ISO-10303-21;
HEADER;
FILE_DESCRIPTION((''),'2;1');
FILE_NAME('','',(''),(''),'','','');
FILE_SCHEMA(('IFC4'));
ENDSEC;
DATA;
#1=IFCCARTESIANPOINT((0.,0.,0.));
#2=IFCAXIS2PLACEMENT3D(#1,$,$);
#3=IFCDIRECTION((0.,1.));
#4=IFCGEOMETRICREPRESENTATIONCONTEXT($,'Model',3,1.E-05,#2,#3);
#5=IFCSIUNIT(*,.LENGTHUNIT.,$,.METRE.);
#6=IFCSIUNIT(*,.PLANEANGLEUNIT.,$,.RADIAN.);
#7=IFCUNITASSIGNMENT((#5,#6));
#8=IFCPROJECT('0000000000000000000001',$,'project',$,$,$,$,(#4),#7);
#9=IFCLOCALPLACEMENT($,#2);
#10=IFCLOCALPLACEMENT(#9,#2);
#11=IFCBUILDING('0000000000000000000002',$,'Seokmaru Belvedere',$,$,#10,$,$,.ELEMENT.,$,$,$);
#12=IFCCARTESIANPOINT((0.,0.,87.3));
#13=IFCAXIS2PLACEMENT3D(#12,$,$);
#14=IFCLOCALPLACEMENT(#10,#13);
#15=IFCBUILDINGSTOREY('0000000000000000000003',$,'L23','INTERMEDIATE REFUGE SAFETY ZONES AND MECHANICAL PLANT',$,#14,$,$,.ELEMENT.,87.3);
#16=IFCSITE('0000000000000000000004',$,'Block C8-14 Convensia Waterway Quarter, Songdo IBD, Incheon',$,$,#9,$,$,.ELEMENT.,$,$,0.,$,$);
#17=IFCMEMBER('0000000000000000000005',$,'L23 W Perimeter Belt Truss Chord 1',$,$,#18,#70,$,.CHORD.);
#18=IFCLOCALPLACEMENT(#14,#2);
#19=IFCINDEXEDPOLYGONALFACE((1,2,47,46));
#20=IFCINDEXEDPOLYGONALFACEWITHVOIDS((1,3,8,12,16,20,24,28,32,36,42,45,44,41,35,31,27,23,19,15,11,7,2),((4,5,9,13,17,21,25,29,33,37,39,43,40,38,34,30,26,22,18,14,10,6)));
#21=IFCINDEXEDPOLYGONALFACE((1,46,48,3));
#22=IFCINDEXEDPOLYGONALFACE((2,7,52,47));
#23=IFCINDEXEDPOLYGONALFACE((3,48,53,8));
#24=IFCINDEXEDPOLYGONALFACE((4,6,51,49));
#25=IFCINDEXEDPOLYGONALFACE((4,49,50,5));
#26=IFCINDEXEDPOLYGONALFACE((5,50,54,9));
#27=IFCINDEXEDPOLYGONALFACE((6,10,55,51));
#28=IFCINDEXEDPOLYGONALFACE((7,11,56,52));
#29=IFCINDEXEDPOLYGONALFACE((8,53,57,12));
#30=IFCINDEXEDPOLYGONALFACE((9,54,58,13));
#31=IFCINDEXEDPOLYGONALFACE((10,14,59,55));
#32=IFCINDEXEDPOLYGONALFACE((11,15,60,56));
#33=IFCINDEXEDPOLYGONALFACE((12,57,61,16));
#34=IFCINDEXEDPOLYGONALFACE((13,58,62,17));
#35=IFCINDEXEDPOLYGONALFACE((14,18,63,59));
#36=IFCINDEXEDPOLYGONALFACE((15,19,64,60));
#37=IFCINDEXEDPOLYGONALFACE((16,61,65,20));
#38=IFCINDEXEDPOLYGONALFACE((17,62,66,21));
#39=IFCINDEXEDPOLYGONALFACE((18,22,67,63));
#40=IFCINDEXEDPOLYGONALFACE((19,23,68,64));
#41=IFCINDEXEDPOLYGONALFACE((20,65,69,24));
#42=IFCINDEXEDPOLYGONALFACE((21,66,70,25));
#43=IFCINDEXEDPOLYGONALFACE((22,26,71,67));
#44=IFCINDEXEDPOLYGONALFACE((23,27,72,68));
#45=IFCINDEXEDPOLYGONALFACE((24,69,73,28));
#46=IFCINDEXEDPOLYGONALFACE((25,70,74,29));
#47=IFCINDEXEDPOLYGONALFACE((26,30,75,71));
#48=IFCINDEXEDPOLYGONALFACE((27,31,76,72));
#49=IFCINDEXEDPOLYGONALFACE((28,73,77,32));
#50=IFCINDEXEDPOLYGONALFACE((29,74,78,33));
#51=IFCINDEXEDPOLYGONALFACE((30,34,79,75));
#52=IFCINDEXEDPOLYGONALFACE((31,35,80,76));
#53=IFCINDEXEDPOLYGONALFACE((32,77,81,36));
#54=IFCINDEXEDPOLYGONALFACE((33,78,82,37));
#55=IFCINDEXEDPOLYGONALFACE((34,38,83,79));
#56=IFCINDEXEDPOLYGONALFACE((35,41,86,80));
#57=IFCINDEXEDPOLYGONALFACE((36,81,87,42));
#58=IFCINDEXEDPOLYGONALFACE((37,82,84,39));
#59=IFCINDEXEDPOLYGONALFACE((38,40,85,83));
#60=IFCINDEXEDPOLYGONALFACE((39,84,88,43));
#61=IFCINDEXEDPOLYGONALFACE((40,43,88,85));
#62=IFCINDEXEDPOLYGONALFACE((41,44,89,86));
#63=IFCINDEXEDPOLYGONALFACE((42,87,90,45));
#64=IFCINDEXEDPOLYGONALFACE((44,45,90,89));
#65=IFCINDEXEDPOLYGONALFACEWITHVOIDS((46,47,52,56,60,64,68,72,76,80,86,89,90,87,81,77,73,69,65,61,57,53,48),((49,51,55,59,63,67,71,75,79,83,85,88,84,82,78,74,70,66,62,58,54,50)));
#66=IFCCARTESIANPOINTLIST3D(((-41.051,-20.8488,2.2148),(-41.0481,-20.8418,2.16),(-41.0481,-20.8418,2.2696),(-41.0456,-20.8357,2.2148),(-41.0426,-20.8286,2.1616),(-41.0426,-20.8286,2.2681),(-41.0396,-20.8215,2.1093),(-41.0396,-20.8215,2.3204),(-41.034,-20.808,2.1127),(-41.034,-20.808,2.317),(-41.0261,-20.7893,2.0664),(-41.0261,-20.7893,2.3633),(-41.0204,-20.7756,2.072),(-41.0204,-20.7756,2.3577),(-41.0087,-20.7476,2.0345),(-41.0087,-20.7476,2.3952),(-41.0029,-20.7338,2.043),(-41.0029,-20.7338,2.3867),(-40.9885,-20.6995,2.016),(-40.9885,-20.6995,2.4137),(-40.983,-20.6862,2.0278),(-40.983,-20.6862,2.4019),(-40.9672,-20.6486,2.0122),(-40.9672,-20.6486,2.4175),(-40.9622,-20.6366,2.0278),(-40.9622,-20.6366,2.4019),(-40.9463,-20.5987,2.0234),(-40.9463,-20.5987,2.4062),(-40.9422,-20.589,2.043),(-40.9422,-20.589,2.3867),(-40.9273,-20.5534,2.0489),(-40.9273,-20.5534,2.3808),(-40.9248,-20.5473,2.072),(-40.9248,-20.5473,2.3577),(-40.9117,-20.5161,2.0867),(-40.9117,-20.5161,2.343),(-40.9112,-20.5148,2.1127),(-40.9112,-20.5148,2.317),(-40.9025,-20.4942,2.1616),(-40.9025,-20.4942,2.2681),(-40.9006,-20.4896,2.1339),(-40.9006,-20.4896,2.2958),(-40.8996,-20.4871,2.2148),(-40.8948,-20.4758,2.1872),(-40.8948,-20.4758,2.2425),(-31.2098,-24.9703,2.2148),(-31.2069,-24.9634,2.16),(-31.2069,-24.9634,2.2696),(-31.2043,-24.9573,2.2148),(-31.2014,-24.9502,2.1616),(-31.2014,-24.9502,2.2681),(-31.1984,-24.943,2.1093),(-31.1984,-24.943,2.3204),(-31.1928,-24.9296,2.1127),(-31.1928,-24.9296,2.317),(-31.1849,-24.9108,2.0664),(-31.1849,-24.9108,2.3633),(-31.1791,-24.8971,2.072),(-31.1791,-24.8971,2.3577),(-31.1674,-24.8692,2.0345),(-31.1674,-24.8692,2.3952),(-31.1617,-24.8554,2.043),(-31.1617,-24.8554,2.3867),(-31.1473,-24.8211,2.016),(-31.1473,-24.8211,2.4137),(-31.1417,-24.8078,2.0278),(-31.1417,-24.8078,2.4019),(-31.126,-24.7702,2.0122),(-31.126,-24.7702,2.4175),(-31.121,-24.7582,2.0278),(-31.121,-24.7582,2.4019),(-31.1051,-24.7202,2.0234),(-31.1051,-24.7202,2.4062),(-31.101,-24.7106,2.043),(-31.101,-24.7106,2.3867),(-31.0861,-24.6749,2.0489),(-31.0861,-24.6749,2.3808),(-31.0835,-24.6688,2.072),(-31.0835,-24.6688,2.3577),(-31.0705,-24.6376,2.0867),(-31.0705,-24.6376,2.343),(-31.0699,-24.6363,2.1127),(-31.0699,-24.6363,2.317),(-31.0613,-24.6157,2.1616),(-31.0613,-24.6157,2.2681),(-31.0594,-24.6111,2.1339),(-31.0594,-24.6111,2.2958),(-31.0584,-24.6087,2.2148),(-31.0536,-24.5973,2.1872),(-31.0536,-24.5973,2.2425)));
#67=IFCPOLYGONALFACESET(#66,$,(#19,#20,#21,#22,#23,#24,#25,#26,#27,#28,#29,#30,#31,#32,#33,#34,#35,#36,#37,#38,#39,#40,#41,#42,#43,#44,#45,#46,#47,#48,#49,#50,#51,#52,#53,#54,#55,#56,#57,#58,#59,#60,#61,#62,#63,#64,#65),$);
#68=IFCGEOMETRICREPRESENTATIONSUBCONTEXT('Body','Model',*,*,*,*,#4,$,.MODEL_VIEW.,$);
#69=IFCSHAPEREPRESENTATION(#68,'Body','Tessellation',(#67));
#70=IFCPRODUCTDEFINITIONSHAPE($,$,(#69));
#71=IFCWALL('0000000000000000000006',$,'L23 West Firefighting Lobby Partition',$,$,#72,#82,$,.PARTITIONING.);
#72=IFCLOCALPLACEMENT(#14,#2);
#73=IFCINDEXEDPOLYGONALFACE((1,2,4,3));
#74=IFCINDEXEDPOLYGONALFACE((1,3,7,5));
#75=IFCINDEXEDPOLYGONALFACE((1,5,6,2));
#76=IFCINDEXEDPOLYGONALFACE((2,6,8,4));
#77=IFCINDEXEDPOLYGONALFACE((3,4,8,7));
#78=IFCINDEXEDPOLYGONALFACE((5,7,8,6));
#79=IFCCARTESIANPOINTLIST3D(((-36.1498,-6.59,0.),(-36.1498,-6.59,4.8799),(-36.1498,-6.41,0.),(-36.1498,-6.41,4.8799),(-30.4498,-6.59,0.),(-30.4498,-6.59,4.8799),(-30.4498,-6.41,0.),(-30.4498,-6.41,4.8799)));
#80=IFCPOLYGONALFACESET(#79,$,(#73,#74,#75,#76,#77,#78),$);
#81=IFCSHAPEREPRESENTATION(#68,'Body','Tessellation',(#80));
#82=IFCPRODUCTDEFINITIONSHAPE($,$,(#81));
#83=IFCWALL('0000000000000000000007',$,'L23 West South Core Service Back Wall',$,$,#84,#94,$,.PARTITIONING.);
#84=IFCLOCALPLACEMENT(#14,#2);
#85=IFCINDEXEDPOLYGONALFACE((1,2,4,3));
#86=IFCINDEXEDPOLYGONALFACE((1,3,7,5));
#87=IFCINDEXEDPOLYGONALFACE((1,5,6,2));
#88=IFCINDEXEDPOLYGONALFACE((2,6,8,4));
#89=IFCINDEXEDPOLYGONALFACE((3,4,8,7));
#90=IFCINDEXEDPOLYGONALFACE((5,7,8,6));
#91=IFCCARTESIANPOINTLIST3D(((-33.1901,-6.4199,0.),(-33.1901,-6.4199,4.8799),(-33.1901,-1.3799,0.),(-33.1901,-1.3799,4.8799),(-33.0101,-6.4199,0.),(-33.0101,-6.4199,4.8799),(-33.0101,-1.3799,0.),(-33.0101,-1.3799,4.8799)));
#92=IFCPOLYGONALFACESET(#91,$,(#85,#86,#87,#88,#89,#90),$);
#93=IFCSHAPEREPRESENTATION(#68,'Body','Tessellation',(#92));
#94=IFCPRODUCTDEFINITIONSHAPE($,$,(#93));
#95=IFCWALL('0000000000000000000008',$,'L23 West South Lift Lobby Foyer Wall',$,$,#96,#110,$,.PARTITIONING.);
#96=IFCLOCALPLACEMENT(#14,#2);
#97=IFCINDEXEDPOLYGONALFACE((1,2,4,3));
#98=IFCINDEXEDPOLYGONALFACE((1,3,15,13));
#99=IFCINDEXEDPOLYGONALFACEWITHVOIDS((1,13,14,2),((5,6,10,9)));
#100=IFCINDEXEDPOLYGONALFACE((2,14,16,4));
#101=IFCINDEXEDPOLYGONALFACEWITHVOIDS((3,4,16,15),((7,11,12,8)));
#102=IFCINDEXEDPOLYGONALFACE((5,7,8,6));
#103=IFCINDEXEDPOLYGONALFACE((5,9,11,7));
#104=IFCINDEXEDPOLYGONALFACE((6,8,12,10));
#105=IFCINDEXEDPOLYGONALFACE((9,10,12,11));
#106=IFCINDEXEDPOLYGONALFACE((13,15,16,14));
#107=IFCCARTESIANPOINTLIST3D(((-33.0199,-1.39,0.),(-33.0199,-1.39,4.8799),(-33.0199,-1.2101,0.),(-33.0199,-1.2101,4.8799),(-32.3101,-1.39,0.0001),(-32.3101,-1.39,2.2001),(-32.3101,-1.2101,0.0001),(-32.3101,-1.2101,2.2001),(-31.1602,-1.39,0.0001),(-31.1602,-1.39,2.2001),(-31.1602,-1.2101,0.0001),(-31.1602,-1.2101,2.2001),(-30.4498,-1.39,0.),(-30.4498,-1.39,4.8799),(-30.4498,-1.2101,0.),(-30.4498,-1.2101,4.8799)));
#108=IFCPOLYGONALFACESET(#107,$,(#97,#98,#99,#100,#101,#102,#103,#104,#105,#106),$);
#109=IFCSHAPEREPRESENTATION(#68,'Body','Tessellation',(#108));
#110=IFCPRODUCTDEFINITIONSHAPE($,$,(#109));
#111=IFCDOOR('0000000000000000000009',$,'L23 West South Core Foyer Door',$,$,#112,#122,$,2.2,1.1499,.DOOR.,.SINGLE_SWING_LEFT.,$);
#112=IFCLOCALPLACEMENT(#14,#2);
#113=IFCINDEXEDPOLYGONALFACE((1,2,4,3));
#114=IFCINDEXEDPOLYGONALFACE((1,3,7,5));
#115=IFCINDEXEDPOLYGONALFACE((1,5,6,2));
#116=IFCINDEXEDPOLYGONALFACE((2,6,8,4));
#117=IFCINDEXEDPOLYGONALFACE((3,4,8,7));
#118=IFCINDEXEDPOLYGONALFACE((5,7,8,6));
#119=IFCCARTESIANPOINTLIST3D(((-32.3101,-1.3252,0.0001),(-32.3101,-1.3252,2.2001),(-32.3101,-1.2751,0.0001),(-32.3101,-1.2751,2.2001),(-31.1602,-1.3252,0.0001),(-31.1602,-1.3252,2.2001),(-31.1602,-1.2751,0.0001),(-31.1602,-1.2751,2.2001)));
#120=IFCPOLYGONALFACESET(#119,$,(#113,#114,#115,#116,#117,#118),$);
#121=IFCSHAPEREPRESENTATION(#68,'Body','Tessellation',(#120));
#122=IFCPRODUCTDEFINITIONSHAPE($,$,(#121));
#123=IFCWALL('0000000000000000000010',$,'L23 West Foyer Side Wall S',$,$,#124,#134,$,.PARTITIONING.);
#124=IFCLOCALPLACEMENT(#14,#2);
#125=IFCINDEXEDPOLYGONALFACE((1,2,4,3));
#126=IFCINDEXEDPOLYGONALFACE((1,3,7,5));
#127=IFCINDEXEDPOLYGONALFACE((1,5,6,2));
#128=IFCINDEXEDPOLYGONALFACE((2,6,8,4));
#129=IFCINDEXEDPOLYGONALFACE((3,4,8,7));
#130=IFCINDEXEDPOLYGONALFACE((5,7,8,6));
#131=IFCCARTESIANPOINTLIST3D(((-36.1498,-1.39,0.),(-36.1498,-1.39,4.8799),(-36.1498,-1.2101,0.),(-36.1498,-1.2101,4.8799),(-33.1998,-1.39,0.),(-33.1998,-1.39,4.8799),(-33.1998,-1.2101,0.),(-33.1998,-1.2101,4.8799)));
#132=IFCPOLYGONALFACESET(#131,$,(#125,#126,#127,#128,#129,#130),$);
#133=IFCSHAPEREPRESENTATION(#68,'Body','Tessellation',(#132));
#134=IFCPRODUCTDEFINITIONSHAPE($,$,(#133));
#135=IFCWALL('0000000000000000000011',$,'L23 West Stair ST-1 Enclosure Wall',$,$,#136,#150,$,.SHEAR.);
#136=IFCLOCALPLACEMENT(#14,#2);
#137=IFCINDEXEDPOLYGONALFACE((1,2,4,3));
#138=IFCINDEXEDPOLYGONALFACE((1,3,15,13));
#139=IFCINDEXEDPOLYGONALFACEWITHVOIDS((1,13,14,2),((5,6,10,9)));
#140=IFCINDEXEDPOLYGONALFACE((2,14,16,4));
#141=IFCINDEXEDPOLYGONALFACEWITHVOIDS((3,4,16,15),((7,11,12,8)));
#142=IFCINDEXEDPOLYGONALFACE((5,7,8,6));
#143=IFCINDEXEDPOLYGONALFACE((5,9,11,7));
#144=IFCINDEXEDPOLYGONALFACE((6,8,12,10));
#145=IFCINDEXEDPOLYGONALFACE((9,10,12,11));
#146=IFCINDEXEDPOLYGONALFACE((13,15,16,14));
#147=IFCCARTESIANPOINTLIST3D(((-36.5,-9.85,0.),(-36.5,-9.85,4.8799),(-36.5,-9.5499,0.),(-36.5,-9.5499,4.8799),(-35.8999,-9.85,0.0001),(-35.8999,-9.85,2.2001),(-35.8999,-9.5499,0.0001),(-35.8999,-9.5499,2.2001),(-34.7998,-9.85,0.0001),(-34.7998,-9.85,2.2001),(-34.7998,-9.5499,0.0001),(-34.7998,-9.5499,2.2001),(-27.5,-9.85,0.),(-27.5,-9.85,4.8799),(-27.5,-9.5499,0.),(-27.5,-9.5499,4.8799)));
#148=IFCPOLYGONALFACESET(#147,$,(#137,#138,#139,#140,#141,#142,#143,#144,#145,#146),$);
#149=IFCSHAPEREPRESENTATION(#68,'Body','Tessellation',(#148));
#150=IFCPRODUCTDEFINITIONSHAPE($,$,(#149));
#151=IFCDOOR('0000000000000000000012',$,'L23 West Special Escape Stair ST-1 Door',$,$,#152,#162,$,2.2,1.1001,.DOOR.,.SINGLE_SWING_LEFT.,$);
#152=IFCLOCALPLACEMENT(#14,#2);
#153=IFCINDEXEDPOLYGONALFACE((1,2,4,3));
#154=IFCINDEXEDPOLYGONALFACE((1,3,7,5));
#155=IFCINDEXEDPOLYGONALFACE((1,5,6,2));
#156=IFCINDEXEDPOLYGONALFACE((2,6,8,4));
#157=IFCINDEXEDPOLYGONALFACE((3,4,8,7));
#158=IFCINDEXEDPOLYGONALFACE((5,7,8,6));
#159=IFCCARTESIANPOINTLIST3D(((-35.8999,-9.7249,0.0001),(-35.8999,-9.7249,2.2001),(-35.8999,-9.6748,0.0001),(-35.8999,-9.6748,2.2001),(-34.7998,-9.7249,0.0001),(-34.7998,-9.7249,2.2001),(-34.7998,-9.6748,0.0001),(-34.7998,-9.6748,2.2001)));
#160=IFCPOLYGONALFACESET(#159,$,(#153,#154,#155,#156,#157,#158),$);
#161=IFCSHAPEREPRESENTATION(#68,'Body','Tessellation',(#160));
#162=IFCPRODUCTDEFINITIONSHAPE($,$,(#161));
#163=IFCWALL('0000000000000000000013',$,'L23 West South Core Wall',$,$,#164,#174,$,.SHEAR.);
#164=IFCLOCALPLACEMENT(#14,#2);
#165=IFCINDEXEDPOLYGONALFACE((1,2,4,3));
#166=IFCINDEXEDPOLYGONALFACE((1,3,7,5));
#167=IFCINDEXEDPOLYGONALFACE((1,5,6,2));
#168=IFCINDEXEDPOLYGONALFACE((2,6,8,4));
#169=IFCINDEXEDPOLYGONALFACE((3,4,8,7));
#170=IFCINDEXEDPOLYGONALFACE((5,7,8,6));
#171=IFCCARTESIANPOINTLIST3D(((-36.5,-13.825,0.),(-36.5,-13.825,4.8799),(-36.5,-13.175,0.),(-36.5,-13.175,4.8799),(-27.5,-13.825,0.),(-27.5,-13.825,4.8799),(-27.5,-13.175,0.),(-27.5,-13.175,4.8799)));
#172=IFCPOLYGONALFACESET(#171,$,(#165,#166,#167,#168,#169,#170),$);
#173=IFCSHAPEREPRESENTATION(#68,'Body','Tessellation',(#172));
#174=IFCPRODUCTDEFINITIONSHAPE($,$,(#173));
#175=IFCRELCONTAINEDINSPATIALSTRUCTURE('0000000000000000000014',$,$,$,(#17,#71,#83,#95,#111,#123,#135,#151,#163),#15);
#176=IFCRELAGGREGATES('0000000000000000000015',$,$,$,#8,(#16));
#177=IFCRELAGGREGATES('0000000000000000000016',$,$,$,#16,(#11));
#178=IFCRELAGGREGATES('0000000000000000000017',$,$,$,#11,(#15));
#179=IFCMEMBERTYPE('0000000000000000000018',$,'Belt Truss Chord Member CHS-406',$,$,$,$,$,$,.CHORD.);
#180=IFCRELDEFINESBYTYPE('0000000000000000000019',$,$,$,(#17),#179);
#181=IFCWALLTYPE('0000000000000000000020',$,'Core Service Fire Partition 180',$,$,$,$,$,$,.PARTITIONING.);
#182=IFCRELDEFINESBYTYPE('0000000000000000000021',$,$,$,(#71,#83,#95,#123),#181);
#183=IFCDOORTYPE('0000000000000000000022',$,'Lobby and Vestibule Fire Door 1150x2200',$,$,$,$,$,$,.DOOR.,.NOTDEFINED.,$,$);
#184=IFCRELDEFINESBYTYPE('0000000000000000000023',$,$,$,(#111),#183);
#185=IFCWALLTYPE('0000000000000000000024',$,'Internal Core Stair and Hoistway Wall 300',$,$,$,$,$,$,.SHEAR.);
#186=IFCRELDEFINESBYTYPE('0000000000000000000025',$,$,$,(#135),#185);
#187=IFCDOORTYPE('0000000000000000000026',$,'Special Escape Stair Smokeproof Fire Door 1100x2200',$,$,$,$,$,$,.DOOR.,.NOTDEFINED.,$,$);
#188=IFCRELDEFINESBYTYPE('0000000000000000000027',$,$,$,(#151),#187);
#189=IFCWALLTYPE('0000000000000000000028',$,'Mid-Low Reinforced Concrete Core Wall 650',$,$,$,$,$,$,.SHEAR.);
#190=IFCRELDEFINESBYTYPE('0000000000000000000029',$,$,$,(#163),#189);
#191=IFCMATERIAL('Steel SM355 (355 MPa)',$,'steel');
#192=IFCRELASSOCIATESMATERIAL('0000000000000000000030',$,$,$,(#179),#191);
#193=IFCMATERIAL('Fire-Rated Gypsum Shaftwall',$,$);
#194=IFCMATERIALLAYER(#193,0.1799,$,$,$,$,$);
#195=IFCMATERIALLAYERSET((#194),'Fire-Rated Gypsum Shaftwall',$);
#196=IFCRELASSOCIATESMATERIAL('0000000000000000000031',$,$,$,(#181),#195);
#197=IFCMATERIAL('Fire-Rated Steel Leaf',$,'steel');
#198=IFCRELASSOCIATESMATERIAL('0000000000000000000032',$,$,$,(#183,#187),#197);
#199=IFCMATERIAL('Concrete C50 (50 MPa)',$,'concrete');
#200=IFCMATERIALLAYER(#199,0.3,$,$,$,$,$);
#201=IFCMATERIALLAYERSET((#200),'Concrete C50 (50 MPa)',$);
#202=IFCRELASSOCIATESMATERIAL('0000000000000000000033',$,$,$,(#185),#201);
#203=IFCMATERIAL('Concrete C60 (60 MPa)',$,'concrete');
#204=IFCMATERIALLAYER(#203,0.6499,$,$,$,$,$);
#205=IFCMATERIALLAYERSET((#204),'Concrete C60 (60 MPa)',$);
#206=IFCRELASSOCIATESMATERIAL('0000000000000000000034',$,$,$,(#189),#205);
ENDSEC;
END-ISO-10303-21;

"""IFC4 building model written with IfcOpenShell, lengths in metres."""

from ifc_helpers import new_model, si_unit, direction, frame, frame_2d, origin, origin_2d, place, context, subcontext, project, spatial, rectangle, hollow_circle, extrude, source, transform, mapped, material, layer, layer_set, material_profile, profile_set, type_object, type_shapes, element, fill, save


model = new_model("IFC4")

# Units and contexts
model_context = context("Model", 3, precision=1e-05, world=origin(), true_north=direction((0.0, 1.0)))
body_context = subcontext(model_context, "Body", "Model", "MODEL_VIEW")
ifc_project = project(units=[si_unit("LENGTHUNIT", "METRE"), si_unit("PLANEANGLEUNIT", "RADIAN")], contexts=[model_context])

# Site, building, storey
site_placement = place(None, origin())
site = spatial("IfcSite", under=ifc_project, at=site_placement, Name="Block C8-14 Convensia Waterway Quarter, Songdo IBD, Incheon", CompositionType="ELEMENT", RefElevation=0.0)
building_placement = place(site_placement, origin())
building = spatial("IfcBuilding", under=site, at=building_placement, Name="Seokmaru Belvedere", CompositionType="ELEMENT")
storey_placement = place(building_placement, frame((0.0, 0.0, 87.3)))
storey = spatial("IfcBuildingStorey", under=building, at=storey_placement, Name="L23", Description="INTERMEDIATE REFUGE SAFETY ZONES AND MECHANICAL PLANT", CompositionType="ELEMENT", Elevation=87.3)

# Shared definitions
ifc_material_1 = material(Name="Steel SM355 (355 MPa)", Category="steel")

# Member
ifc_material_profile_1 = material_profile(ifc_material_1, hollow_circle(Radius=0.2031, WallThickness=0.0142, at=origin_2d()), Name="CHS-406.4x14.2")
ifc_profile_set_1 = profile_set([ifc_material_profile_1], Name="Steel SM355 (355 MPa)")
member_type_1 = type_object("IfcMemberType", Name="Belt Truss Chord Member CHS-406", PredefinedType="CHORD", material=ifc_profile_set_1)
shared_shape_1 = source(origin(), body_context, "Body", "SweptSolid", [
    extrude(hollow_circle(Radius=0.2031, WallThickness=0.0142, at=origin_2d()), origin(), (0.0, 0.0, 1.0), 10.6694),
])
type_shapes(member_type_1, [shared_shape_1])
member_1_placement = place(storey_placement, frame((-31.1313, -24.783, 2.2148), z_axis=(-0.922375, 0.386295, 0.0), x_axis=(-0.386295, -0.922375, 0.0)))
element("IfcMember", 1, at=member_1_placement, inside=storey, type_object=member_type_1, Name="L23 W Perimeter Belt Truss Chord 1", PredefinedType="CHORD", context=body_context, shape_type="MappedRepresentation", body=[
    mapped(shared_shape_1, transform((0.0, 0.0, 0.0), scale=1.0)),
])

# Walls
ifc_material_2 = material(Name="Fire-Rated Gypsum Shaftwall")
ifc_layer_1 = layer(ifc_material_2, 0.1799)
ifc_layer_set_1 = layer_set([ifc_layer_1], Name="Fire-Rated Gypsum Shaftwall")
wall_type_1 = type_object("IfcWallType", Name="Core Service Fire Partition 180", PredefinedType="PARTITIONING", material=ifc_layer_set_1)
wall_1_placement = place(storey_placement, frame((-36.1499, -6.5, 0.0), z_axis=(0.0, 0.0, 1.0), x_axis=(1.0, 0.0, 0.0)))
element("IfcWall", 2, at=wall_1_placement, inside=storey, type_object=wall_type_1, Name="L23 West Firefighting Lobby Partition", PredefinedType="PARTITIONING", context=body_context, shape_type="SweptSolid", body=[
    extrude(rectangle(XDim=5.7, YDim=0.1799, at=frame_2d((2.8501, 0.0))), origin(), (0.0, 0.0, 1.0), 4.8799),
])
wall_2_placement = place(storey_placement, frame((-33.1001, -6.4199, 0.0), z_axis=(0.0, 0.0, 1.0), x_axis=(0.0, 1.0, 0.0)))
element("IfcWall", 3, at=wall_2_placement, inside=storey, type_object=wall_type_1, Name="L23 West South Core Service Back Wall", PredefinedType="PARTITIONING", context=body_context, shape_type="SweptSolid", body=[
    extrude(rectangle(XDim=5.04, YDim=0.1799, at=frame_2d((2.52, 0.0))), origin(), (0.0, 0.0, 1.0), 4.8799),
])

# Wall, opening, door
wall_3_placement = place(storey_placement, frame((-33.02, -1.3, 0.0), z_axis=(0.0, 0.0, 1.0), x_axis=(1.0, 0.0, 0.0)))
wall_3 = element("IfcWall", 4, at=wall_3_placement, inside=storey, type_object=wall_type_1, Name="L23 West South Lift Lobby Foyer Wall", PredefinedType="PARTITIONING", context=body_context, shape_type="SweptSolid", body=[
    extrude(rectangle(XDim=2.5701, YDim=0.1799, at=frame_2d((1.2852, 0.0))), origin(), (0.0, 0.0, 1.0), 4.8799),
])
opening_1_placement = place(wall_3_placement, frame((0.71, 0.0, 0.0)))
opening_1 = element("IfcOpeningElement", 5, at=opening_1_placement, cuts=wall_3, PredefinedType="OPENING", context=body_context, shape_type="SweptSolid", body=[
    extrude(rectangle(XDim=1.1499, YDim=2.2, at=frame_2d((0.575, 1.1001))), frame((0.0, 0.1001, 0.0), z_axis=(0.0, -1.0, 0.0), x_axis=(1.0, 0.0, 0.0)), (0.0, 0.0, 1.0), 0.2),
])
ifc_material_3 = material(Name="Fire-Rated Steel Leaf", Category="steel")
door_type_1 = type_object("IfcDoorType", Name="Lobby and Vestibule Fire Door 1150x2200", OperationType="NOTDEFINED", PredefinedType="DOOR", material=ifc_material_3)
shared_shape_2 = source(origin(), body_context, "Body", "SweptSolid", [
    extrude(rectangle(XDim=1.1499, YDim=2.2, at=frame_2d((0.575, 1.1001))), frame((0.0, 0.0249, 0.0), z_axis=(0.0, -1.0, 0.0), x_axis=(1.0, 0.0, 0.0)), (0.0, 0.0, 1.0), 0.05),
])
type_shapes(door_type_1, [shared_shape_2])
door_1_placement = place(opening_1_placement, origin())
door_1 = element("IfcDoor", 6, at=door_1_placement, inside=storey, type_object=door_type_1, Name="L23 West South Core Foyer Door", OperationType="SINGLE_SWING_LEFT", OverallHeight=2.2, OverallWidth=1.1499, PredefinedType="DOOR", context=body_context, shape_type="MappedRepresentation", body=[
    mapped(shared_shape_2, transform((0.0, 0.0, 0.0), scale=1.0)),
])
fill(opening_1, door_1)

# Wall
wall_4_placement = place(storey_placement, frame((-36.1499, -1.3, 0.0), z_axis=(0.0, 0.0, 1.0), x_axis=(1.0, 0.0, 0.0)))
element("IfcWall", 7, at=wall_4_placement, inside=storey, type_object=wall_type_1, Name="L23 West Foyer Side Wall S", PredefinedType="PARTITIONING", context=body_context, shape_type="SweptSolid", body=[
    extrude(rectangle(XDim=2.95, YDim=0.1799, at=frame_2d((1.4751, 0.0))), origin(), (0.0, 0.0, 1.0), 4.8799),
])

# Wall, opening, door
ifc_material_4 = material(Name="Concrete C50 (50 MPa)", Category="concrete")
ifc_layer_2 = layer(ifc_material_4, 0.3)
ifc_layer_set_2 = layer_set([ifc_layer_2], Name="Concrete C50 (50 MPa)")
wall_type_2 = type_object("IfcWallType", Name="Internal Core Stair and Hoistway Wall 300", PredefinedType="SHEAR", material=ifc_layer_set_2)
wall_5_placement = place(storey_placement, frame((-36.5, -9.7, 0.0), z_axis=(0.0, 0.0, 1.0), x_axis=(1.0, 0.0, 0.0)))
wall_5 = element("IfcWall", 8, at=wall_5_placement, inside=storey, type_object=wall_type_2, Name="L23 West Stair ST-1 Enclosure Wall", PredefinedType="SHEAR", context=body_context, shape_type="SweptSolid", body=[
    extrude(rectangle(XDim=9.0, YDim=0.3, at=frame_2d((4.5, 0.0))), origin(), (0.0, 0.0, 1.0), 4.8799),
])
opening_2_placement = place(wall_5_placement, frame((0.6001, 0.0, 0.0)))
opening_2 = element("IfcOpeningElement", 9, at=opening_2_placement, cuts=wall_5, PredefinedType="OPENING", context=body_context, shape_type="SweptSolid", body=[
    extrude(rectangle(XDim=1.1001, YDim=2.2, at=frame_2d((0.55, 1.1001))), frame((0.0, 0.1602, 0.0), z_axis=(0.0, -1.0, 0.0), x_axis=(1.0, 0.0, 0.0)), (0.0, 0.0, 1.0), 0.3201),
])
door_type_2 = type_object("IfcDoorType", Name="Special Escape Stair Smokeproof Fire Door 1100x2200", OperationType="NOTDEFINED", PredefinedType="DOOR", material=ifc_material_3)
shared_shape_3 = source(origin(), body_context, "Body", "SweptSolid", [
    extrude(rectangle(XDim=1.1001, YDim=2.2, at=frame_2d((0.55, 1.1001))), frame((0.0, 0.0249, 0.0), z_axis=(0.0, -1.0, 0.0), x_axis=(1.0, 0.0, 0.0)), (0.0, 0.0, 1.0), 0.05),
])
type_shapes(door_type_2, [shared_shape_3])
door_2_placement = place(opening_2_placement, frame((1.1001, 0.0, 0.0), z_axis=(0.0, 0.0, 1.0), x_axis=(-1.0, 0.0, 0.0)))
door_2 = element("IfcDoor", 10, at=door_2_placement, inside=storey, type_object=door_type_2, Name="L23 West Special Escape Stair ST-1 Door", OperationType="SINGLE_SWING_LEFT", OverallHeight=2.2, OverallWidth=1.1001, PredefinedType="DOOR", context=body_context, shape_type="MappedRepresentation", body=[
    mapped(shared_shape_3, transform((0.0, 0.0, 0.0), scale=1.0)),
])
fill(opening_2, door_2)

# Wall
ifc_material_5 = material(Name="Concrete C60 (60 MPa)", Category="concrete")
ifc_layer_3 = layer(ifc_material_5, 0.6499)
ifc_layer_set_3 = layer_set([ifc_layer_3], Name="Concrete C60 (60 MPa)")
wall_type_3 = type_object("IfcWallType", Name="Mid-Low Reinforced Concrete Core Wall 650", PredefinedType="SHEAR", material=ifc_layer_set_3)
wall_6_placement = place(storey_placement, frame((-36.5, -13.5, 0.0), z_axis=(0.0, 0.0, 1.0), x_axis=(1.0, 0.0, 0.0)))
element("IfcWall", 11, at=wall_6_placement, inside=storey, type_object=wall_type_3, Name="L23 West South Core Wall", PredefinedType="SHEAR", context=body_context, shape_type="SweptSolid", body=[
    extrude(rectangle(XDim=9.0, YDim=0.6499, at=frame_2d((4.5, 0.0))), origin(), (0.0, 0.0, 1.0), 4.8799),
])

save(model, "model.ifc")
